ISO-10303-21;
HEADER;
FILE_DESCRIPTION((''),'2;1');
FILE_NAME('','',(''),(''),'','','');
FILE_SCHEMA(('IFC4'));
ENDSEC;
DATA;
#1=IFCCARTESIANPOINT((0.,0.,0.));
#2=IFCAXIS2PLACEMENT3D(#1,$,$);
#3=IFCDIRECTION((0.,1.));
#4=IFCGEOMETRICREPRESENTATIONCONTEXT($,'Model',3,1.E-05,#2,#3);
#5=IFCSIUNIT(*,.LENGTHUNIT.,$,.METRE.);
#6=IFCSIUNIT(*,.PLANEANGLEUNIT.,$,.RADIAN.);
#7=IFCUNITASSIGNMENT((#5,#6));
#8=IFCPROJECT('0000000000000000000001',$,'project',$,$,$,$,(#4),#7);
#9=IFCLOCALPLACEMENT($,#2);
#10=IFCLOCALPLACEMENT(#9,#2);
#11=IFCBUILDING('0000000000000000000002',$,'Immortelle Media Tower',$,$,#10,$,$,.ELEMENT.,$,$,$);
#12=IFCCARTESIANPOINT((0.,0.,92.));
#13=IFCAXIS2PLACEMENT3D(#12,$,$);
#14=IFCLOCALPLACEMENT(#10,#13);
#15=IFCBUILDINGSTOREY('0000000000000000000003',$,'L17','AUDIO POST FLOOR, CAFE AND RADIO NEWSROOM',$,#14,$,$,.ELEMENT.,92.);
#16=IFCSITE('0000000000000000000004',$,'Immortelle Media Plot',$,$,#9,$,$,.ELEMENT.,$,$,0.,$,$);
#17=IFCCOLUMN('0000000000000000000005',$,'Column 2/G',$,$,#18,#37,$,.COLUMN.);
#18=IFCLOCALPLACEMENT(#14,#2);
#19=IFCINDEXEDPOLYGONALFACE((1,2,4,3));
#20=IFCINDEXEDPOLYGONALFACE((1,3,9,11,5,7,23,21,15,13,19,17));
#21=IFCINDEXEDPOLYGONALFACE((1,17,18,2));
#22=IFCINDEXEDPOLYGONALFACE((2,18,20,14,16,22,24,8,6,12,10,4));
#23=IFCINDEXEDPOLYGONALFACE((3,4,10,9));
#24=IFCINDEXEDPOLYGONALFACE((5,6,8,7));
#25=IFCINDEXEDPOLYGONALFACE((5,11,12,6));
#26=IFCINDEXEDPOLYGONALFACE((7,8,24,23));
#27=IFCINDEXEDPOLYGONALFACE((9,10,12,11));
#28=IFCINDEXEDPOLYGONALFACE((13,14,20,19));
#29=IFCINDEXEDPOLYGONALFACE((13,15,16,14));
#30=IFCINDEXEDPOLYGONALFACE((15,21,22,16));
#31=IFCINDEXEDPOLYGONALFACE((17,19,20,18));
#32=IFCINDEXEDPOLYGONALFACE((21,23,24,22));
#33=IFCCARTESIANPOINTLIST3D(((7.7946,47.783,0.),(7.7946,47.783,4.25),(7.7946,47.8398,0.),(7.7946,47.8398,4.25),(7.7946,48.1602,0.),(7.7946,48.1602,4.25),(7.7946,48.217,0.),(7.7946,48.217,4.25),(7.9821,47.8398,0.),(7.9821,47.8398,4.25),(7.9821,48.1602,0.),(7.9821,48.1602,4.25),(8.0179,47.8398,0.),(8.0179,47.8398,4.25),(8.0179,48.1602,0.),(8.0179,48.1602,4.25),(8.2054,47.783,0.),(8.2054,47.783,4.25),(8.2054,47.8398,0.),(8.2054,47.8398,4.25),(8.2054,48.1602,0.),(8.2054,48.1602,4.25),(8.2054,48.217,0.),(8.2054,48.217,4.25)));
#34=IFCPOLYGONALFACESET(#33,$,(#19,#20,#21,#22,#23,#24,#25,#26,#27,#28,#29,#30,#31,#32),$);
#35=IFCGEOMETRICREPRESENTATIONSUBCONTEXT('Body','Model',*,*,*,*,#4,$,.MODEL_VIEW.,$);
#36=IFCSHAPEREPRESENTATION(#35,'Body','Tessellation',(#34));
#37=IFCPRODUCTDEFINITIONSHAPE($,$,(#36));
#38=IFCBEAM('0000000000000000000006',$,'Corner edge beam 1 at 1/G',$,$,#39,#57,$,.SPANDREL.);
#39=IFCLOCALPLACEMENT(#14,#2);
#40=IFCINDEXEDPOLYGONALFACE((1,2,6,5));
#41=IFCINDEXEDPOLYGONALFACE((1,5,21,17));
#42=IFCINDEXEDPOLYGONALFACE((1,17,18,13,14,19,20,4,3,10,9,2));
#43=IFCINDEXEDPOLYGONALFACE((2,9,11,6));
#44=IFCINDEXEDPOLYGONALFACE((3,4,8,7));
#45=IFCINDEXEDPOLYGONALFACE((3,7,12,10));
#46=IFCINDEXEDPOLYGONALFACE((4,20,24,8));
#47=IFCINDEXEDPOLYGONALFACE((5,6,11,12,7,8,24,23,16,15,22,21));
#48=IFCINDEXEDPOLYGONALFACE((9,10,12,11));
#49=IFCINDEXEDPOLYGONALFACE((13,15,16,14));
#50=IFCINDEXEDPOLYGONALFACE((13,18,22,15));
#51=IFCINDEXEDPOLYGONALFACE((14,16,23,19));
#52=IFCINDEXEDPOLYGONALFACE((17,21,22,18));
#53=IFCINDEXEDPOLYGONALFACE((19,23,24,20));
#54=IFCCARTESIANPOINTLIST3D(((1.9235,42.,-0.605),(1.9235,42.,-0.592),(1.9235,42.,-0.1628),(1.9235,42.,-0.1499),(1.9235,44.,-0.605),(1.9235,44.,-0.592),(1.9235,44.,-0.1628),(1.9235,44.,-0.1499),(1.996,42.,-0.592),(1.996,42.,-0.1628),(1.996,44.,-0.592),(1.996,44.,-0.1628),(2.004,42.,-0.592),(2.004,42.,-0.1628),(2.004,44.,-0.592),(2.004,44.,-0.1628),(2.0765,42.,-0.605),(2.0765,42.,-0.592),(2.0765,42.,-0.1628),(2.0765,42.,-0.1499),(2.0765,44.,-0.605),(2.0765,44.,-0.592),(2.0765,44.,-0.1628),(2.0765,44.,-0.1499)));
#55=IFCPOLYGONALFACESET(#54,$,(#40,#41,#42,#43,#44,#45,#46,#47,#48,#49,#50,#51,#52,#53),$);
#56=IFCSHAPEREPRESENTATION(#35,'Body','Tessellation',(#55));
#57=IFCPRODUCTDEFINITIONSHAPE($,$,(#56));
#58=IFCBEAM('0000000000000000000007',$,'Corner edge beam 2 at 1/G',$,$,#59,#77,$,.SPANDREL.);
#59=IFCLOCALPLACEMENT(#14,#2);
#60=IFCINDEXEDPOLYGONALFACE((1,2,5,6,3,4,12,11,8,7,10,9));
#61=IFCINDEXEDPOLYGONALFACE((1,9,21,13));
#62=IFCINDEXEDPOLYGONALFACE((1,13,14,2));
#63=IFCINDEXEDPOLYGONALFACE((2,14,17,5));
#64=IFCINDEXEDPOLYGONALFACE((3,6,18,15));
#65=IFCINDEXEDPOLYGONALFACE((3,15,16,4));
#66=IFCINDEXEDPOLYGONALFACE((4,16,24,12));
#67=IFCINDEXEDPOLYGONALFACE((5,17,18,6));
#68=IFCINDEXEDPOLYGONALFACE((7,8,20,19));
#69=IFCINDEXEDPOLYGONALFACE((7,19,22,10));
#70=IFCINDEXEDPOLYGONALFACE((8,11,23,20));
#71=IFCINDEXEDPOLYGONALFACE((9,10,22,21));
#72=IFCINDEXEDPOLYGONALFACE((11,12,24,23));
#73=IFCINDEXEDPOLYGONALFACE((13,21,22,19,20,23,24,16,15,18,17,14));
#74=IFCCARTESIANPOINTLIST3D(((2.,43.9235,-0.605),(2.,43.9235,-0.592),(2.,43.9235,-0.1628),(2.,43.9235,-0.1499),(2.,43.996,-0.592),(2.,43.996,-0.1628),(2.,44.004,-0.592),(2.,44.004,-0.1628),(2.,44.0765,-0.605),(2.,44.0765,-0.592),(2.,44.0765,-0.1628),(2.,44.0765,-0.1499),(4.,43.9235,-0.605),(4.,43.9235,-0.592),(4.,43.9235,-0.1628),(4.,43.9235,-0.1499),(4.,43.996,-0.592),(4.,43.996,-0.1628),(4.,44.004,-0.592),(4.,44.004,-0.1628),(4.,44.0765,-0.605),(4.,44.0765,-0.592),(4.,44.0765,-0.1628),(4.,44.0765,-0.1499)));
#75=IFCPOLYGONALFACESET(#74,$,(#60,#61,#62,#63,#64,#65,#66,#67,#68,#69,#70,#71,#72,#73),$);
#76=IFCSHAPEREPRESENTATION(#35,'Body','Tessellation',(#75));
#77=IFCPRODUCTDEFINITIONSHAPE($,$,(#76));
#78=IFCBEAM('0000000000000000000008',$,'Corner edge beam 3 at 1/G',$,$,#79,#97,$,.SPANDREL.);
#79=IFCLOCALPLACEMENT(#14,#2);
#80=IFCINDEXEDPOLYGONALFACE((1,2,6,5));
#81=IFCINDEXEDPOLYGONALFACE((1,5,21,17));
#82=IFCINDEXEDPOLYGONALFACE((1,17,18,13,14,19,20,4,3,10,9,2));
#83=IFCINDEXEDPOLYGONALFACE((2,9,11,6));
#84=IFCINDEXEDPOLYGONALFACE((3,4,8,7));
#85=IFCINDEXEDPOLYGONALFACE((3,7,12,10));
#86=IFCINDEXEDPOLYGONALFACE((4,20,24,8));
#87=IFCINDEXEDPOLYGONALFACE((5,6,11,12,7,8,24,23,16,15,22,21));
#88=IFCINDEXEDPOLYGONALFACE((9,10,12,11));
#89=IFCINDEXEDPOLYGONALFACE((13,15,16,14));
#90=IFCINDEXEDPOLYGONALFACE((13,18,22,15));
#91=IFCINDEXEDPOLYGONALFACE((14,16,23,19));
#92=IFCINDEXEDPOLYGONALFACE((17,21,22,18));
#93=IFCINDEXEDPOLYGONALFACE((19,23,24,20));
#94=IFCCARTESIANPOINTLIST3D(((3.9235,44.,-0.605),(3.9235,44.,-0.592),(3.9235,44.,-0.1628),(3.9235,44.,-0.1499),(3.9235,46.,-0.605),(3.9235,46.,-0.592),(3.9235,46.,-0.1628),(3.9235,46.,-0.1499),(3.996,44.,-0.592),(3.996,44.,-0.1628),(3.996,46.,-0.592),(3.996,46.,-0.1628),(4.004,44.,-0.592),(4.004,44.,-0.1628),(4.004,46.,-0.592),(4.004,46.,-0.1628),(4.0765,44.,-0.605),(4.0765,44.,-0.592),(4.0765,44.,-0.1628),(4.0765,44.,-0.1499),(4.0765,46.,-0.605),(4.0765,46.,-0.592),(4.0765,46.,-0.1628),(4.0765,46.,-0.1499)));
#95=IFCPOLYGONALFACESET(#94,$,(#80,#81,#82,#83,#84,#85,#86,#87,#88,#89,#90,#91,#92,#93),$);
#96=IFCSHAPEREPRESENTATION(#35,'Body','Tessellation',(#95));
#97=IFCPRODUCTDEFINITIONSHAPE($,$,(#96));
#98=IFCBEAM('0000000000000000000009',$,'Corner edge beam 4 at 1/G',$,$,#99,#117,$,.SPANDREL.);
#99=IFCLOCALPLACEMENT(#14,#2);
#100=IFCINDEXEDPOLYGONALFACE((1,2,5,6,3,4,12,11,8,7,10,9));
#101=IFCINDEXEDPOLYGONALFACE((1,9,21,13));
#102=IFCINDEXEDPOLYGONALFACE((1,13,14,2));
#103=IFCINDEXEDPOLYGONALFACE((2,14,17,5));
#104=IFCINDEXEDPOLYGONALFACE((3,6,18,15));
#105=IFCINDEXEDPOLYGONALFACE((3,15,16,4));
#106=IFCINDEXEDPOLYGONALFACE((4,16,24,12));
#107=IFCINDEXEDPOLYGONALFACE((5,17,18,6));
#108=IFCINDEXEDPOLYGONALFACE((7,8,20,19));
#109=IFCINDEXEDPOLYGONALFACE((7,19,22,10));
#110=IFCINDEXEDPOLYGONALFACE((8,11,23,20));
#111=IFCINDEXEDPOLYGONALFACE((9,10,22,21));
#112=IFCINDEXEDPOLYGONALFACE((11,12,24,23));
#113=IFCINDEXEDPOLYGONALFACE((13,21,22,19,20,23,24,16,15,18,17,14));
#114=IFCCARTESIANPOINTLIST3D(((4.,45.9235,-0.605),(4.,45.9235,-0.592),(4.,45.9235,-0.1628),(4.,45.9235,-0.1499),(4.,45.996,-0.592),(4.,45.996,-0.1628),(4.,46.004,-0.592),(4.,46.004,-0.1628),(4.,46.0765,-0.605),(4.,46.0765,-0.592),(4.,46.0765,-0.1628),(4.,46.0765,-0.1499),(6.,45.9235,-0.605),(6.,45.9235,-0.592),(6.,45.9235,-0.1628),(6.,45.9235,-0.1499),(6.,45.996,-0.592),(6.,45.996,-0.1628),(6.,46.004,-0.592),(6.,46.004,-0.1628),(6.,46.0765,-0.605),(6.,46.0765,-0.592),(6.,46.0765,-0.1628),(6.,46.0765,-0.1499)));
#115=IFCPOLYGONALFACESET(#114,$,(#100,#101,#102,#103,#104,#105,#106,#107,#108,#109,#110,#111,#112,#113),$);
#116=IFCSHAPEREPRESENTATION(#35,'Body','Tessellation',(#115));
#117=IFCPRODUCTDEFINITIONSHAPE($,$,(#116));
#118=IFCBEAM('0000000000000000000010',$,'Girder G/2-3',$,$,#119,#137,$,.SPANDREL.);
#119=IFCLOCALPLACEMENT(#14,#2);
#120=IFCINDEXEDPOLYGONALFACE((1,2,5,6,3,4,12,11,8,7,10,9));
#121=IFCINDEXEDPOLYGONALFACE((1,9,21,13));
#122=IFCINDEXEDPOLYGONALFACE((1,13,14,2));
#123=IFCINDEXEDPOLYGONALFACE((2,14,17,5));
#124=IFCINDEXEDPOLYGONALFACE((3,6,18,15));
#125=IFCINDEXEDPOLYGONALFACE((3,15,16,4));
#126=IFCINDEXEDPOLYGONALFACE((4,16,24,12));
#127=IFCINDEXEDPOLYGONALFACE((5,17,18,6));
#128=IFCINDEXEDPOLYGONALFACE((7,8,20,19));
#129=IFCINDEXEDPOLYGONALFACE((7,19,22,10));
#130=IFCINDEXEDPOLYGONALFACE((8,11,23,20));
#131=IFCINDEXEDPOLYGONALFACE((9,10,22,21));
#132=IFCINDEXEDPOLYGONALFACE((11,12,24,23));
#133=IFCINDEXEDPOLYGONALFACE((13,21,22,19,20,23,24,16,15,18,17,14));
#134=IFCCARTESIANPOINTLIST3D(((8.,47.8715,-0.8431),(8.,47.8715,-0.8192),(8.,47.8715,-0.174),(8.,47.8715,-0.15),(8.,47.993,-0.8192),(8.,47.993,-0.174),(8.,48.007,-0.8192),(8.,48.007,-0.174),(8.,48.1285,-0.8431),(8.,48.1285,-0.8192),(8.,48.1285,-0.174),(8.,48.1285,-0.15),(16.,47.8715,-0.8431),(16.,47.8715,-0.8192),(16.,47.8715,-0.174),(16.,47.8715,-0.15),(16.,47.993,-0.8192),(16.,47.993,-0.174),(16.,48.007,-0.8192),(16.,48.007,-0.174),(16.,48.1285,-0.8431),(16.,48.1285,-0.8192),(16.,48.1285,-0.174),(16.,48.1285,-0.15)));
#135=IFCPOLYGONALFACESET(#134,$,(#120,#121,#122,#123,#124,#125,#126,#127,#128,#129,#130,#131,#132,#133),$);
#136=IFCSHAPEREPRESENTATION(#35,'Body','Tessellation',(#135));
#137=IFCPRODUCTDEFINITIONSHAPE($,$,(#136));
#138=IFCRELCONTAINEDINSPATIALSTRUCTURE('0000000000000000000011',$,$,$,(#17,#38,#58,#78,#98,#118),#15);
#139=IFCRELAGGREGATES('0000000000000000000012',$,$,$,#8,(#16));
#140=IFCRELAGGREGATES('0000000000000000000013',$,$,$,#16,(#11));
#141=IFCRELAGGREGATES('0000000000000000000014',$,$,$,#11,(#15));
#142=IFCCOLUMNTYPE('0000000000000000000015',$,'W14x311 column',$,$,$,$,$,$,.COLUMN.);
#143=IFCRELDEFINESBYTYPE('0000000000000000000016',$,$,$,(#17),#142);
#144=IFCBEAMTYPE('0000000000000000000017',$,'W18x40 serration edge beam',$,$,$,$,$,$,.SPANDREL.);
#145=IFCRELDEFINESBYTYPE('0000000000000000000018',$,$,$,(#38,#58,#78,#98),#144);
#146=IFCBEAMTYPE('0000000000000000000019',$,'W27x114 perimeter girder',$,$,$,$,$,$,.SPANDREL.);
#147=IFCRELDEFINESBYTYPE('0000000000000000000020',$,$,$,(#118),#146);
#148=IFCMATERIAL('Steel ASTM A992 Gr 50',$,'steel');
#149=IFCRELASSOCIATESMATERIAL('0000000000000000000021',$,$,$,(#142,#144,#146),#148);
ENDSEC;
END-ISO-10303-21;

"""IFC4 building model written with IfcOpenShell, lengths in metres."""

from ifc_helpers import new_model, si_unit, direction, frame, origin, origin_2d, place, context, subcontext, project, spatial, i_section, extrude, material, material_profile, profile_set, type_object, element, save


model = new_model("IFC4")

# Units and contexts
model_context = context("Model", 3, precision=1e-05, world=origin(), true_north=direction((0.0, 1.0)))
body_context = subcontext(model_context, "Body", "Model", "MODEL_VIEW")
ifc_project = project(units=[si_unit("LENGTHUNIT", "METRE"), si_unit("PLANEANGLEUNIT", "RADIAN")], contexts=[model_context])

# Site, building, storey
site_placement = place(None, origin())
site = spatial("IfcSite", under=ifc_project, at=site_placement, Name="Immortelle Media Plot", CompositionType="ELEMENT", RefElevation=0.0)
building_placement = place(site_placement, origin())
building = spatial("IfcBuilding", under=site, at=building_placement, Name="Immortelle Media Tower", CompositionType="ELEMENT")
storey_placement = place(building_placement, frame((0.0, 0.0, 92.0)))
storey = spatial("IfcBuildingStorey", under=building, at=storey_placement, Name="L17", Description="AUDIO POST FLOOR, CAFE AND RADIO NEWSROOM", CompositionType="ELEMENT", Elevation=92.0)

# Column
ifc_material_1 = material(Name="Steel ASTM A992 Gr 50", Category="steel")
ifc_material_profile_1 = material_profile(ifc_material_1, i_section(OverallWidth=0.4109, OverallDepth=0.4341, WebThickness=0.0359, FlangeThickness=0.0569, at=origin_2d()), Name="W14x311")
ifc_profile_set_1 = profile_set([ifc_material_profile_1], Name="Steel ASTM A992 Gr 50")
column_type = type_object("IfcColumnType", Name="W14x311 column", PredefinedType="COLUMN", material=ifc_profile_set_1)
column_placement = place(storey_placement, frame((8.0, 48.0, 0.0), z_axis=(0.0, 0.0, 1.0), x_axis=(1.0, 0.0, 0.0)))
element("IfcColumn", 1, at=column_placement, inside=storey, type_object=column_type, Name="Column 2/G", PredefinedType="COLUMN", context=body_context, shape_type="SweptSolid", body=[
    extrude(i_section(OverallWidth=0.4109, OverallDepth=0.4341, WebThickness=0.0359, FlangeThickness=0.0569, at=origin_2d()), origin(), (0.0, 0.0, 1.0), 4.25),
])

# Beams
ifc_material_profile_2 = material_profile(ifc_material_1, i_section(OverallWidth=0.1531, OverallDepth=0.4551, WebThickness=0.0081, FlangeThickness=0.0129, at=origin_2d()), Name="W18x40")
ifc_profile_set_2 = profile_set([ifc_material_profile_2], Name="Steel ASTM A992 Gr 50")
beam_type_1 = type_object("IfcBeamType", Name="W18x40 serration edge beam", PredefinedType="SPANDREL", material=ifc_profile_set_2)
for number, where, z_axis, x_axis, name in (
    (2, (2.0, 42.0, -0.3774), (0.0, 1.0, 0.0), (-1.0, 0.0, 0.0), "Corner edge beam 1 at 1/G"),
    (3, (2.0, 44.0, -0.3774), (1.0, 0.0, 0.0), (0.0, 1.0, 0.0), "Corner edge beam 2 at 1/G"),
    (4, (4.0, 44.0, -0.3774), (0.0, 1.0, 0.0), (-1.0, 0.0, 0.0), "Corner edge beam 3 at 1/G"),
    (5, (4.0, 46.0, -0.3774), (1.0, 0.0, 0.0), (0.0, 1.0, 0.0), "Corner edge beam 4 at 1/G"),
):
    element("IfcBeam", number, at=place(storey_placement, frame(where, z_axis=z_axis, x_axis=x_axis)), inside=storey, type_object=beam_type_1, Name=name, PredefinedType="SPANDREL", context=body_context, shape_type="SweptSolid", body=[
        extrude(i_section(OverallWidth=0.1531, OverallDepth=0.4551, WebThickness=0.0081, FlangeThickness=0.0129, at=origin_2d()), origin(), (0.0, 0.0, 1.0), 2.0),
    ])
ifc_material_profile_3 = material_profile(ifc_material_1, i_section(OverallWidth=0.2571, OverallDepth=0.6931, WebThickness=0.0139, FlangeThickness=0.0239, at=origin_2d()), Name="W27x114")
ifc_profile_set_3 = profile_set([ifc_material_profile_3], Name="Steel ASTM A992 Gr 50")
beam_type_2 = type_object("IfcBeamType", Name="W27x114 perimeter girder", PredefinedType="SPANDREL", material=ifc_profile_set_3)
beam_placement = place(storey_placement, frame((8.0, 48.0, -0.4966), z_axis=(1.0, 0.0, 0.0), x_axis=(0.0, 1.0, 0.0)))
element("IfcBeam", 6, at=beam_placement, inside=storey, type_object=beam_type_2, Name="Girder G/2-3", PredefinedType="SPANDREL", context=body_context, shape_type="SweptSolid", body=[
    extrude(i_section(OverallWidth=0.2571, OverallDepth=0.6931, WebThickness=0.0139, FlangeThickness=0.0239, at=origin_2d()), origin(), (0.0, 0.0, 1.0), 8.0),
])

save(model, "model.ifc")
